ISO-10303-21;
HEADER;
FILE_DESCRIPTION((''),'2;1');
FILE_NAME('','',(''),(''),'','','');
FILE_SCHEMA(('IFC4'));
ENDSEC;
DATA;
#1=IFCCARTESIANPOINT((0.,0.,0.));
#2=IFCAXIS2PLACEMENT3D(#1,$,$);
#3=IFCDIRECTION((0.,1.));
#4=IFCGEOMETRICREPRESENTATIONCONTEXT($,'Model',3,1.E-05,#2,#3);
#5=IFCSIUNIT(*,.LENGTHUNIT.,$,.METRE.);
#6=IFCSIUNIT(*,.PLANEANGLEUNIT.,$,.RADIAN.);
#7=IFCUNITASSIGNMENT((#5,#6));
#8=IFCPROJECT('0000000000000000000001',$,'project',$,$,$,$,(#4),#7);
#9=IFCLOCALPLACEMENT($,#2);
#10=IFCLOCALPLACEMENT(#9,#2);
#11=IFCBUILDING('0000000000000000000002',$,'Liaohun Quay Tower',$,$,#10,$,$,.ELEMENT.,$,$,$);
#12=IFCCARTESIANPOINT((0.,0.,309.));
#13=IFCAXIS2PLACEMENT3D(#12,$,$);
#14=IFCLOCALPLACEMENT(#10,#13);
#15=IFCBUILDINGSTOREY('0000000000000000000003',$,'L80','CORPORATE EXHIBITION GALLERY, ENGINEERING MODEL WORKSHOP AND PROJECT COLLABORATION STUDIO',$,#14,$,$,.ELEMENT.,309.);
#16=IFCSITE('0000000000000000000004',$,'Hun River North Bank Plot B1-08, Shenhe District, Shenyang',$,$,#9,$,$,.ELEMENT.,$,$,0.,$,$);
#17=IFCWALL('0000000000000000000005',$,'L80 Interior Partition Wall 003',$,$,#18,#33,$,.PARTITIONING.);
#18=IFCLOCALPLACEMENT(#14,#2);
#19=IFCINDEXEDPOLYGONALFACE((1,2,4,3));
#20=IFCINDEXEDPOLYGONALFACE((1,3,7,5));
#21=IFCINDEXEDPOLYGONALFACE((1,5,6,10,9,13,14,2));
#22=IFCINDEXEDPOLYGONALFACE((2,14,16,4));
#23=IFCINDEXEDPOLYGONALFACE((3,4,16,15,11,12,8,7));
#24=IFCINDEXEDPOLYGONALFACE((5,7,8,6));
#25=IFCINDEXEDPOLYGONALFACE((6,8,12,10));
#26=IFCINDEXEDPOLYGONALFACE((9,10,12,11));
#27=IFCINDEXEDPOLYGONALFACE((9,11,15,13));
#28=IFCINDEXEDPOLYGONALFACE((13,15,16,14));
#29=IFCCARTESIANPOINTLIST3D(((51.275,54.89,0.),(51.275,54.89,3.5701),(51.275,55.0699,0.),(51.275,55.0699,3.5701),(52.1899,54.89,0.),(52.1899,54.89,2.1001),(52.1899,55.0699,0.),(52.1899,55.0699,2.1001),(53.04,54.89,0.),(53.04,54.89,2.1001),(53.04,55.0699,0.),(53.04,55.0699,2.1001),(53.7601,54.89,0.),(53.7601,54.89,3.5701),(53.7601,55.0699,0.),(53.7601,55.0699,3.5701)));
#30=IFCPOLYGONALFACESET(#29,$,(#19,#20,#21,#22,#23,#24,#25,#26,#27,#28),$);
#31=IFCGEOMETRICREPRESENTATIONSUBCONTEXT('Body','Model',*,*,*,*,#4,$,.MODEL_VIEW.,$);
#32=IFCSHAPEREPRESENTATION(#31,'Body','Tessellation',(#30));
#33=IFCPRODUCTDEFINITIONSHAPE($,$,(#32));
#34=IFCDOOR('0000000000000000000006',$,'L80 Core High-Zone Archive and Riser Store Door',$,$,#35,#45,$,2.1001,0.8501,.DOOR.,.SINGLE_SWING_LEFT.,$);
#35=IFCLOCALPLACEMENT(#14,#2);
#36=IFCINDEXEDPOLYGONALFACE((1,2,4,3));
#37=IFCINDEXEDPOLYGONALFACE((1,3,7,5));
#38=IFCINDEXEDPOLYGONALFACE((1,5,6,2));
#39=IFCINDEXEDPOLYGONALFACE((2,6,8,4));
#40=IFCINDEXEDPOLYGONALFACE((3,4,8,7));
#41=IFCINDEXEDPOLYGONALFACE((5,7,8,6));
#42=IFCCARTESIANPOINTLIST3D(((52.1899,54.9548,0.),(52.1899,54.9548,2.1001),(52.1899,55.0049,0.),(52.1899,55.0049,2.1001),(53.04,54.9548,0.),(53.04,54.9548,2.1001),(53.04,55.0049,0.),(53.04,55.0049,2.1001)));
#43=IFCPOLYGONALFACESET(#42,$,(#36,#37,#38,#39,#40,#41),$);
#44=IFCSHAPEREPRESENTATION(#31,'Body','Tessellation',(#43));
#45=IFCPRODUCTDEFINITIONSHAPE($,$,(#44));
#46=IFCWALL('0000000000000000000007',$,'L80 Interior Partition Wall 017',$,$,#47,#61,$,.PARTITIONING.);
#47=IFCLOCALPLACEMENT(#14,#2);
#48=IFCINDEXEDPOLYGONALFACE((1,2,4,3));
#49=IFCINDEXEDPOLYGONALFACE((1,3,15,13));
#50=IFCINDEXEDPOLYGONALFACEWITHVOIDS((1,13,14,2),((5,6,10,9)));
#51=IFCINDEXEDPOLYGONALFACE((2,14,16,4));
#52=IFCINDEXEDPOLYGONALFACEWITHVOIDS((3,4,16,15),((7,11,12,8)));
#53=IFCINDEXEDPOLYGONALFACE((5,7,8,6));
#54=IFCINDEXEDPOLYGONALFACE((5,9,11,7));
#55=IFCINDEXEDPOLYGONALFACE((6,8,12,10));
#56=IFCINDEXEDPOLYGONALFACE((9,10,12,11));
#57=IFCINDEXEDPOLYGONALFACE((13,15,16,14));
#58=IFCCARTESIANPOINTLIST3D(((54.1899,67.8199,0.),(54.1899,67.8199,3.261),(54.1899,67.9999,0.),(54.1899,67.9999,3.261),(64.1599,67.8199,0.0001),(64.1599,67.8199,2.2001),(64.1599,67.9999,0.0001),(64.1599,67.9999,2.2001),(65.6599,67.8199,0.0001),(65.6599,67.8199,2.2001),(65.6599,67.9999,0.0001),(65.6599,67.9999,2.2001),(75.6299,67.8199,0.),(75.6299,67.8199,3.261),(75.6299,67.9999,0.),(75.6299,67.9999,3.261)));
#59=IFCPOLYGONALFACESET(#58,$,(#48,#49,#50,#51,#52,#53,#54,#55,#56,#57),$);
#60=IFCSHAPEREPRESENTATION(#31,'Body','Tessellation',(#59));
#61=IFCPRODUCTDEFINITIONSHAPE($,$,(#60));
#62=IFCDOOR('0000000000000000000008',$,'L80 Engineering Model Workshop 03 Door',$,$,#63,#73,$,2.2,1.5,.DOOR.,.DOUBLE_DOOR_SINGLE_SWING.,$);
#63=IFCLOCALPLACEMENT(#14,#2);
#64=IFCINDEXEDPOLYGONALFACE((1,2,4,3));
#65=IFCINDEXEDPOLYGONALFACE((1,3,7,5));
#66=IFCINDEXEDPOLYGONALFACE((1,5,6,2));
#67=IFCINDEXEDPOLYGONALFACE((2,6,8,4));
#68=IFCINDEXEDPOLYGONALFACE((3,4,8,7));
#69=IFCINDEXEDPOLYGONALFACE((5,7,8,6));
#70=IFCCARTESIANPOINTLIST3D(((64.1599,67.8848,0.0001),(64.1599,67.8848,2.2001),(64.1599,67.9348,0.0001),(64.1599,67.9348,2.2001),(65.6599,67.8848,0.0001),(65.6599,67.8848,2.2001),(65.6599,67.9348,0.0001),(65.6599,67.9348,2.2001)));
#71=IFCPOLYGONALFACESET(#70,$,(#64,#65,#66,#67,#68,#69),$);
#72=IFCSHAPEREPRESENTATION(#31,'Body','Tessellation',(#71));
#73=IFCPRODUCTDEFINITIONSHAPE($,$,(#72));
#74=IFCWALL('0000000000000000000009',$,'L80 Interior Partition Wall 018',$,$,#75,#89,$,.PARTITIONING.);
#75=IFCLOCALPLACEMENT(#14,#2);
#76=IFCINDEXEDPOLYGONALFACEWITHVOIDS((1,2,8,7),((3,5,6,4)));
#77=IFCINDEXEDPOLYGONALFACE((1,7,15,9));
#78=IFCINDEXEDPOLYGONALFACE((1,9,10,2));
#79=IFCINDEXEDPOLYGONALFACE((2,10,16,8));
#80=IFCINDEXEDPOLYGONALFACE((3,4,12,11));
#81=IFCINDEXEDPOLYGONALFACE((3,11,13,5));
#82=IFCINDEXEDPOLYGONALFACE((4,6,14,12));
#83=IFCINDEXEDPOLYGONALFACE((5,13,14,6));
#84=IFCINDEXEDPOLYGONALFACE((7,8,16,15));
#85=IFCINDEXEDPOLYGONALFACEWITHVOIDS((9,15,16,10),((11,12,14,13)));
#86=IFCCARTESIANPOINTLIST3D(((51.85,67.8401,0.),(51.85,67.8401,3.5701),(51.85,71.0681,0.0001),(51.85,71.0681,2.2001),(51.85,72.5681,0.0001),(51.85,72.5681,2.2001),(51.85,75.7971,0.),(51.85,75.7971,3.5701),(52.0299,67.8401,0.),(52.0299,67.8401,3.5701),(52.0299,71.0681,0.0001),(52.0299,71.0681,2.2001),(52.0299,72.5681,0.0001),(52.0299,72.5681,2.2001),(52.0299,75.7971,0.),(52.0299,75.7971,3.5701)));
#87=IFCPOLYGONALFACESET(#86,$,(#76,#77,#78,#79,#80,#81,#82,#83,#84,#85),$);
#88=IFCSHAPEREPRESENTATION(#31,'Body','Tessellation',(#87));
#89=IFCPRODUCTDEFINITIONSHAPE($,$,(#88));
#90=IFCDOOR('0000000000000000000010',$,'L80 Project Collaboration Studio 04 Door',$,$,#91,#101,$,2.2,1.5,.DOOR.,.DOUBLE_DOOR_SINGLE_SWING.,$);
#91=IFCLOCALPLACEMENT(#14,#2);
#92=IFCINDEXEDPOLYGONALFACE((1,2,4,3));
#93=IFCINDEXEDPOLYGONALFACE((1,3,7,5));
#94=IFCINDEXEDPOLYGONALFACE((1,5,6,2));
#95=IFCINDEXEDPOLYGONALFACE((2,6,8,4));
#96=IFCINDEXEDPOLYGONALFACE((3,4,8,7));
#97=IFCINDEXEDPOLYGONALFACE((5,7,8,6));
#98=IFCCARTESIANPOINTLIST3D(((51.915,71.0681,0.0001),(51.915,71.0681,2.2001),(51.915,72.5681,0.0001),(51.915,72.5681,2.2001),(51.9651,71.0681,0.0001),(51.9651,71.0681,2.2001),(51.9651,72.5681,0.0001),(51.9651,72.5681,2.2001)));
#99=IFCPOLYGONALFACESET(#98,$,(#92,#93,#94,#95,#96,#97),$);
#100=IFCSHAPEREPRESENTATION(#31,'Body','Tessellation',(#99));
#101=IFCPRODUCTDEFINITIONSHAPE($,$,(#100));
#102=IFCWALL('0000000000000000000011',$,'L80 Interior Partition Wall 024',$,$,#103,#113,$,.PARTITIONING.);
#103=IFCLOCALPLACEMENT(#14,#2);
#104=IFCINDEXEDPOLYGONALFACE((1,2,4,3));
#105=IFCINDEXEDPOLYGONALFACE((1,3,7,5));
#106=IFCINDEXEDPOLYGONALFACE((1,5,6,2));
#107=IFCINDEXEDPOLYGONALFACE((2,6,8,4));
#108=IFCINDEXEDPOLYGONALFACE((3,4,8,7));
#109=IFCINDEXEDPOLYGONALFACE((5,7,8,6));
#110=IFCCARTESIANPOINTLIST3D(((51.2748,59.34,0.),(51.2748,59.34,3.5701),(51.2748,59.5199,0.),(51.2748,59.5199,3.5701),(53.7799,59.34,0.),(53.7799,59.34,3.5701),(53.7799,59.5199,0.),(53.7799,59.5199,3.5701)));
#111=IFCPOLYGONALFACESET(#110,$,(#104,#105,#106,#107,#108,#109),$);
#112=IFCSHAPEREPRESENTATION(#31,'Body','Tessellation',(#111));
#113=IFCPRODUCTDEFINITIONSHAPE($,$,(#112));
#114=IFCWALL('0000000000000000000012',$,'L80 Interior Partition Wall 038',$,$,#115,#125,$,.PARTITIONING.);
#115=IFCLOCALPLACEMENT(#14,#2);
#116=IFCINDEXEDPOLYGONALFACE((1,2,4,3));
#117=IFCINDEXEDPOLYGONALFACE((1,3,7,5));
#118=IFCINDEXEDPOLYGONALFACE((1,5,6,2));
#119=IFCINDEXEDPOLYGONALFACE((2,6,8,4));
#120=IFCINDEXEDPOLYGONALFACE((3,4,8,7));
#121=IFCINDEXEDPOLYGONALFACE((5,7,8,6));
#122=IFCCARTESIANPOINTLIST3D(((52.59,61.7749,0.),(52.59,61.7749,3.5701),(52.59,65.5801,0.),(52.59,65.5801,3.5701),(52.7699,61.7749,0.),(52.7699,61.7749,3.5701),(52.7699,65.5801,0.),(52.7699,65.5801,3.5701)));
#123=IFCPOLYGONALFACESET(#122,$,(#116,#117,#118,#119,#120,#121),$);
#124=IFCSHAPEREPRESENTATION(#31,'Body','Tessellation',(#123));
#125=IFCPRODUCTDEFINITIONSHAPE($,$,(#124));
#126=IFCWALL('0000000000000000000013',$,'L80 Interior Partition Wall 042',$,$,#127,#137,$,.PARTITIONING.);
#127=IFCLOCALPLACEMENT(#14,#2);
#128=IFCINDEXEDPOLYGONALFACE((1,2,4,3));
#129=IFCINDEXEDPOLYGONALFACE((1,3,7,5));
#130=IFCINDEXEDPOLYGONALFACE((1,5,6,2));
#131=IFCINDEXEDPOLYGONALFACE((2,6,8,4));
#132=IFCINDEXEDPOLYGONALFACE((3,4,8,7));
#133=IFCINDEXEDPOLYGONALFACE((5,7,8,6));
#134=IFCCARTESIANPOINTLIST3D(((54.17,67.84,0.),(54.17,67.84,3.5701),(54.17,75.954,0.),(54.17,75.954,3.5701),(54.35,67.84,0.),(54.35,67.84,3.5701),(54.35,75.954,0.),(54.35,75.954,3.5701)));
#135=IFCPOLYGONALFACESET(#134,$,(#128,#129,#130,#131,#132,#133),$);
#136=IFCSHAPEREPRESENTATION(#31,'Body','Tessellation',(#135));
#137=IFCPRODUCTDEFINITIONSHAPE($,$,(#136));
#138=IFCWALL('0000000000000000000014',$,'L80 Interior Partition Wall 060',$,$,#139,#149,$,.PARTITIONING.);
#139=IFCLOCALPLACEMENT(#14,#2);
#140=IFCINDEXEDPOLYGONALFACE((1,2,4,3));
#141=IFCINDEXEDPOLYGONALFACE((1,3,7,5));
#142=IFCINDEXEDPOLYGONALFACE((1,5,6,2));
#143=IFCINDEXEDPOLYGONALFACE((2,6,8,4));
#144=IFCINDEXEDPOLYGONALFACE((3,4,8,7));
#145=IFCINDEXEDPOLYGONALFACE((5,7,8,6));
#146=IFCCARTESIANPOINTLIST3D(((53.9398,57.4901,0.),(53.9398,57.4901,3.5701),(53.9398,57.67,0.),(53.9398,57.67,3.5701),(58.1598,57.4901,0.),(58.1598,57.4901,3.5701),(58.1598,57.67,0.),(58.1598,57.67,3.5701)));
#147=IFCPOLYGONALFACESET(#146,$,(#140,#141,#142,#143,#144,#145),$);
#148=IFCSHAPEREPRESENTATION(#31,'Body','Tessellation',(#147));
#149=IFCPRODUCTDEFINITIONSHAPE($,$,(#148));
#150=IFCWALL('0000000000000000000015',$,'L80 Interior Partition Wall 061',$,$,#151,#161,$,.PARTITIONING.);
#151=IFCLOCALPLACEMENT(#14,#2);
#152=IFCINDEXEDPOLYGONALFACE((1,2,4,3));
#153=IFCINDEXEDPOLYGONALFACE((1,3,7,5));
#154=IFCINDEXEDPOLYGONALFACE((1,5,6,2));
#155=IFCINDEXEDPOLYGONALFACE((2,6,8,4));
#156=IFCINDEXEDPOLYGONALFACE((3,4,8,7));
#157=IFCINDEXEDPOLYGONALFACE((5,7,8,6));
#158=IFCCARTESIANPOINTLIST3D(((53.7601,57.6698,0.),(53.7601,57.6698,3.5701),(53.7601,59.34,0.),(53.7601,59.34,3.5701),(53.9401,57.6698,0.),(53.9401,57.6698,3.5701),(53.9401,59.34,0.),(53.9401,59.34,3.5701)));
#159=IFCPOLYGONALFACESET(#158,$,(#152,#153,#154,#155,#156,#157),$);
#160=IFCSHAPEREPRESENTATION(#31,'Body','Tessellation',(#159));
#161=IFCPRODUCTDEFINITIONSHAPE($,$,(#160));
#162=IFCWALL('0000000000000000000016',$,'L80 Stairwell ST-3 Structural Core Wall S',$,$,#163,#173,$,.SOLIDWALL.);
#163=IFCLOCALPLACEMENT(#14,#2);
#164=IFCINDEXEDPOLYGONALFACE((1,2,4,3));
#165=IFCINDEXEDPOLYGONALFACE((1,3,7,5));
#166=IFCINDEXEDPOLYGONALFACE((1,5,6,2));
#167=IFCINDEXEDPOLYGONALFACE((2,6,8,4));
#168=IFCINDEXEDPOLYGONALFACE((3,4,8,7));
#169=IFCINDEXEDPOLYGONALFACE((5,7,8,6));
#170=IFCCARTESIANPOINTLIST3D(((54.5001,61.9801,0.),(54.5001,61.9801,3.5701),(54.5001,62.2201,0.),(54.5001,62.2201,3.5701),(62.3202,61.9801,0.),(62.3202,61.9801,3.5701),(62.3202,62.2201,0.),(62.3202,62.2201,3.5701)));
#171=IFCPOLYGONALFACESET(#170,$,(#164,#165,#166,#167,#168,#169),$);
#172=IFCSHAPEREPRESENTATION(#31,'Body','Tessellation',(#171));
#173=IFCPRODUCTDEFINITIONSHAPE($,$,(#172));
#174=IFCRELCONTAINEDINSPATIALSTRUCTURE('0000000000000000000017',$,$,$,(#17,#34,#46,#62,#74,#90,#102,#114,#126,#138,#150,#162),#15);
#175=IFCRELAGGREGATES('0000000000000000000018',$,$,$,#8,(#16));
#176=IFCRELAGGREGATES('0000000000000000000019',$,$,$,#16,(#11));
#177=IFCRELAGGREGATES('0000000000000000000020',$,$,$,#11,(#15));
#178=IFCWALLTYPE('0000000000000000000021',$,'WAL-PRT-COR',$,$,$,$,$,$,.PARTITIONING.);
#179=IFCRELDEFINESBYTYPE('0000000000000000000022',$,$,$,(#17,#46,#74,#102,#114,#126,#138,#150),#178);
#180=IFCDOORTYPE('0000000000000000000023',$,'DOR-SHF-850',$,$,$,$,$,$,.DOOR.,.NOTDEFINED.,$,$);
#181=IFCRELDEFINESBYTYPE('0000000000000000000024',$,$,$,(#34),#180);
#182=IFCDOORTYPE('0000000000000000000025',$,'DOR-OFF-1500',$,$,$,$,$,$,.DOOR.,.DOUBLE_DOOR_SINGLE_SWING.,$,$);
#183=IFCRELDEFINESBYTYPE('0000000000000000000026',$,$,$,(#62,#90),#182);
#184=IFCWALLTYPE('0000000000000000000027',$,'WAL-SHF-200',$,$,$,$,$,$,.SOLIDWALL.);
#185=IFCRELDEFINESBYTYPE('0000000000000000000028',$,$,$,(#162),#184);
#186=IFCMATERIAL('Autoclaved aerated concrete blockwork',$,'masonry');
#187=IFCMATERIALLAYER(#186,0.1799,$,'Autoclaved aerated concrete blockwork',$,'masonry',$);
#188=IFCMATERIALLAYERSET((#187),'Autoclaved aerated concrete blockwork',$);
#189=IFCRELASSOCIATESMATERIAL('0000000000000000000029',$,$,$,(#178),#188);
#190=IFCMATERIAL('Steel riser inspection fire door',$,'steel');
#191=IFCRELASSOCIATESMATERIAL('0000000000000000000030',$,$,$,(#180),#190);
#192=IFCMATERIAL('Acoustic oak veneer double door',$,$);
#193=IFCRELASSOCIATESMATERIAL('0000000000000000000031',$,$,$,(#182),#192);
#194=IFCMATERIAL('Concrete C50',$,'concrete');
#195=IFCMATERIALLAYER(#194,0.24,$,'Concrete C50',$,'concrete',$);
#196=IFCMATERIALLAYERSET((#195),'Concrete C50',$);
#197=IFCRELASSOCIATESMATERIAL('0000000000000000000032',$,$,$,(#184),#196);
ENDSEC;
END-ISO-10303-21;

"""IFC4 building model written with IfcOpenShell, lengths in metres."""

from ifc_helpers import new_model, si_unit, direction, frame, frame_2d, origin, place, context, subcontext, project, spatial, rectangle, extrude, source, transform, mapped, material, layer, layer_set, type_object, element, fill, save


model = new_model("IFC4")

# Units and contexts
model_context = context("Model", 3, precision=1e-05, world=origin(), true_north=direction((0.0, 1.0)))
body_context = subcontext(model_context, "Body", "Model", "MODEL_VIEW")
ifc_project = project(units=[si_unit("LENGTHUNIT", "METRE"), si_unit("PLANEANGLEUNIT", "RADIAN")], contexts=[model_context])

# Site, building, storey
site_placement = place(None, origin())
site = spatial("IfcSite", under=ifc_project, at=site_placement, Name="Hun River North Bank Plot B1-08, Shenhe District, Shenyang", CompositionType="ELEMENT", RefElevation=0.0)
building_placement = place(site_placement, origin())
building = spatial("IfcBuilding", under=site, at=building_placement, Name="Liaohun Quay Tower", CompositionType="ELEMENT")
storey_placement = place(building_placement, frame((0.0, 0.0, 309.0)))
storey = spatial("IfcBuildingStorey", under=building, at=storey_placement, Name="L80", Description="CORPORATE EXHIBITION GALLERY, ENGINEERING MODEL WORKSHOP AND PROJECT COLLABORATION STUDIO", CompositionType="ELEMENT", Elevation=309.0)

# Shared definitions
ifc_material_1 = material(Name="Concrete C50", Category="concrete")

# Walls, openings, doors
ifc_material_2 = material(Name="Autoclaved aerated concrete blockwork", Category="masonry")
ifc_layer_1 = layer(ifc_material_2, 0.1799, Name="Autoclaved aerated concrete blockwork", Category="masonry")
ifc_layer_set_1 = layer_set([ifc_layer_1], Name="Autoclaved aerated concrete blockwork")
wall_type_1 = type_object("IfcWallType", Name="WAL-PRT-COR", PredefinedType="PARTITIONING", material=ifc_layer_set_1)
wall_1_placement = place(storey_placement, frame((51.2749, 54.98, 0.0), z_axis=(0.0, 0.0, 1.0), x_axis=(1.0, 0.0, 0.0)))
wall_1 = element("IfcWall", 1, at=wall_1_placement, inside=storey, type_object=wall_type_1, Name="L80 Interior Partition Wall 003", PredefinedType="PARTITIONING", context=body_context, shape_type="SweptSolid", body=[
    extrude(rectangle(XDim=2.4851, YDim=0.1799, at=frame_2d((1.2427, 0.0))), origin(), (0.0, 0.0, 1.0), 3.5701),
])
shared_shape_1 = source(origin(), body_context, "Body", "SweptSolid", [
    extrude(rectangle(XDim=0.8501, YDim=2.1001, at=frame_2d((0.425, 1.05))), frame((0.0, 0.0999, 0.0), z_axis=(0.0, -1.0, 0.0), x_axis=(1.0, 0.0, 0.0)), (0.0, 0.0, 1.0), 0.2),
])
opening_1_placement = place(wall_1_placement, frame((0.915, 0.0, 0.0)))
opening_1 = element("IfcOpeningElement", 2, at=opening_1_placement, cuts=wall_1, PredefinedType="OPENING", context=body_context, shape_type="MappedRepresentation", body=[
    mapped(shared_shape_1, transform((0.0, 0.0, 0.0), x_axis=(1.0, 0.0, 0.0), y_axis=(0.0, 1.0, 0.0), z_axis=(0.0, 0.0, 1.0), scale=1.0)),
])
ifc_material_3 = material(Name="Steel riser inspection fire door", Category="steel")
door_type_1 = type_object("IfcDoorType", Name="DOR-SHF-850", OperationType="NOTDEFINED", PredefinedType="DOOR", material=ifc_material_3)
shared_shape_2 = source(origin(), body_context, "Body", "SweptSolid", [
    extrude(rectangle(XDim=0.8501, YDim=2.1001, at=frame_2d((0.425, 1.05))), frame((0.0, 0.0249, 0.0), z_axis=(0.0, -1.0, 0.0), x_axis=(1.0, 0.0, 0.0)), (0.0, 0.0, 1.0), 0.05),
])
door_1_placement = place(opening_1_placement, origin())
door_1 = element("IfcDoor", 3, at=door_1_placement, inside=storey, type_object=door_type_1, Name="L80 Core High-Zone Archive and Riser Store Door", OperationType="SINGLE_SWING_LEFT", OverallHeight=2.1001, OverallWidth=0.8501, PredefinedType="DOOR", context=body_context, shape_type="MappedRepresentation", body=[
    mapped(shared_shape_2, transform((0.0, 0.0, 0.0), x_axis=(1.0, 0.0, 0.0), y_axis=(0.0, 1.0, 0.0), z_axis=(0.0, 0.0, 1.0), scale=1.0)),
])
fill(opening_1, door_1)
wall_2_placement = place(storey_placement, frame((54.1899, 67.9099, 0.0), z_axis=(0.0, 0.0, 1.0), x_axis=(1.0, 0.0, 0.0)))
wall_2 = element("IfcWall", 4, at=wall_2_placement, inside=storey, type_object=wall_type_1, Name="L80 Interior Partition Wall 017", PredefinedType="PARTITIONING", context=body_context, shape_type="SweptSolid", body=[
    extrude(rectangle(XDim=21.4399, YDim=0.1799, at=frame_2d((10.72, 0.0))), origin(), (0.0, 0.0, 1.0), 3.261),
])
shared_shape_3 = source(origin(), body_context, "Body", "SweptSolid", [
    extrude(rectangle(XDim=1.5, YDim=2.2, at=frame_2d((0.75, 1.1001))), frame((0.0, 0.0999, 0.0), z_axis=(0.0, -1.0, 0.0), x_axis=(1.0, 0.0, 0.0)), (0.0, 0.0, 1.0), 0.2),
])
opening_2_placement = place(wall_2_placement, frame((9.97, 0.0, 0.0)))
opening_2 = element("IfcOpeningElement", 5, at=opening_2_placement, cuts=wall_2, PredefinedType="OPENING", context=body_context, shape_type="MappedRepresentation", body=[
    mapped(shared_shape_3, transform((0.0, 0.0, 0.0), x_axis=(1.0, 0.0, 0.0), y_axis=(0.0, 1.0, 0.0), z_axis=(0.0, 0.0, 1.0), scale=1.0)),
])
ifc_material_4 = material(Name="Acoustic oak veneer double door")
door_type_2 = type_object("IfcDoorType", Name="DOR-OFF-1500", OperationType="DOUBLE_DOOR_SINGLE_SWING", PredefinedType="DOOR", material=ifc_material_4)
shared_shape_4 = source(origin(), body_context, "Body", "SweptSolid", [
    extrude(rectangle(XDim=1.5, YDim=2.2, at=frame_2d((0.75, 1.1001))), frame((0.0, 0.0249, 0.0), z_axis=(0.0, -1.0, 0.0), x_axis=(1.0, 0.0, 0.0)), (0.0, 0.0, 1.0), 0.05),
])
door_2_placement = place(opening_2_placement, origin())
door_2 = element("IfcDoor", 6, at=door_2_placement, inside=storey, type_object=door_type_2, Name="L80 Engineering Model Workshop 03 Door", OperationType="DOUBLE_DOOR_SINGLE_SWING", OverallHeight=2.2, OverallWidth=1.5, PredefinedType="DOOR", context=body_context, shape_type="MappedRepresentation", body=[
    mapped(shared_shape_4, transform((0.0, 0.0, 0.0), x_axis=(1.0, 0.0, 0.0), y_axis=(0.0, 1.0, 0.0), z_axis=(0.0, 0.0, 1.0), scale=1.0)),
])
fill(opening_2, door_2)
wall_3_placement = place(storey_placement, frame((51.9399, 67.8401, 0.0), z_axis=(0.0, 0.0, 1.0), x_axis=(0.0, 1.0, 0.0)))
wall_3 = element("IfcWall", 7, at=wall_3_placement, inside=storey, type_object=wall_type_1, Name="L80 Interior Partition Wall 018", PredefinedType="PARTITIONING", context=body_context, shape_type="SweptSolid", body=[
    extrude(rectangle(XDim=7.957, YDim=0.1799, at=frame_2d((3.9785, 0.0))), origin(), (0.0, 0.0, 1.0), 3.5701),
])
opening_3_placement = place(wall_3_placement, frame((3.228, 0.0, 0.0)))
opening_3 = element("IfcOpeningElement", 8, at=opening_3_placement, cuts=wall_3, PredefinedType="OPENING", context=body_context, shape_type="MappedRepresentation", body=[
    mapped(shared_shape_3, transform((0.0, 0.0, 0.0), x_axis=(1.0, 0.0, 0.0), y_axis=(0.0, 1.0, 0.0), z_axis=(0.0, 0.0, 1.0), scale=1.0)),
])
door_3_placement = place(opening_3_placement, origin())
door_3 = element("IfcDoor", 9, at=door_3_placement, inside=storey, type_object=door_type_2, Name="L80 Project Collaboration Studio 04 Door", OperationType="DOUBLE_DOOR_SINGLE_SWING", OverallHeight=2.2, OverallWidth=1.5, PredefinedType="DOOR", context=body_context, shape_type="MappedRepresentation", body=[
    mapped(shared_shape_4, transform((0.0, 0.0, 0.0), x_axis=(1.0, 0.0, 0.0), y_axis=(0.0, 1.0, 0.0), z_axis=(0.0, 0.0, 1.0), scale=1.0)),
])
fill(opening_3, door_3)

# Walls
wall_4_placement = place(storey_placement, frame((51.2749, 59.4299, 0.0), z_axis=(0.0, 0.0, 1.0), x_axis=(1.0, 0.0, 0.0)))
element("IfcWall", 10, at=wall_4_placement, inside=storey, type_object=wall_type_1, Name="L80 Interior Partition Wall 024", PredefinedType="PARTITIONING", context=body_context, shape_type="SweptSolid", body=[
    extrude(rectangle(XDim=2.5051, YDim=0.1799, at=frame_2d((1.2524, 0.0))), origin(), (0.0, 0.0, 1.0), 3.5701),
])
wall_5_placement = place(storey_placement, frame((52.6799, 61.7749, 0.0), z_axis=(0.0, 0.0, 1.0), x_axis=(0.0, 1.0, 0.0)))
element("IfcWall", 11, at=wall_5_placement, inside=storey, type_object=wall_type_1, Name="L80 Interior Partition Wall 038", PredefinedType="PARTITIONING", context=body_context, shape_type="SweptSolid", body=[
    extrude(rectangle(XDim=3.8052, YDim=0.1799, at=frame_2d((1.9026, 0.0))), origin(), (0.0, 0.0, 1.0), 3.5701),
])
wall_6_placement = place(storey_placement, frame((54.26, 75.9541, 0.0), z_axis=(0.0, 0.0, 1.0), x_axis=(0.0, -1.0, 0.0)))
element("IfcWall", 12, at=wall_6_placement, inside=storey, type_object=wall_type_1, Name="L80 Interior Partition Wall 042", PredefinedType="PARTITIONING", context=body_context, shape_type="SweptSolid", body=[
    extrude(rectangle(XDim=8.114, YDim=0.1799, at=frame_2d((4.0571, 0.0))), origin(), (0.0, 0.0, 1.0), 3.5701),
])
wall_7_placement = place(storey_placement, frame((53.9399, 57.5801, 0.0), z_axis=(0.0, 0.0, 1.0), x_axis=(1.0, 0.0, 0.0)))
element("IfcWall", 13, at=wall_7_placement, inside=storey, type_object=wall_type_1, Name="L80 Interior Partition Wall 060", PredefinedType="PARTITIONING", context=body_context, shape_type="SweptSolid", body=[
    extrude(rectangle(XDim=4.22, YDim=0.1799, at=frame_2d((2.1099, 0.0))), origin(), (0.0, 0.0, 1.0), 3.5701),
])
wall_8_placement = place(storey_placement, frame((53.8501, 57.6699, 0.0), z_axis=(0.0, 0.0, 1.0), x_axis=(0.0, 1.0, 0.0)))
element("IfcWall", 14, at=wall_8_placement, inside=storey, type_object=wall_type_1, Name="L80 Interior Partition Wall 061", PredefinedType="PARTITIONING", context=body_context, shape_type="SweptSolid", body=[
    extrude(rectangle(XDim=1.6702, YDim=0.1799, at=frame_2d((0.835, 0.0))), origin(), (0.0, 0.0, 1.0), 3.5701),
])
ifc_layer_2 = layer(ifc_material_1, 0.24, Name="Concrete C50", Category="concrete")
ifc_layer_set_2 = layer_set([ifc_layer_2], Name="Concrete C50")
wall_type_2 = type_object("IfcWallType", Name="WAL-SHF-200", PredefinedType="SOLIDWALL", material=ifc_layer_set_2)
wall_9_placement = place(storey_placement, frame((54.5, 62.1001, 0.0), z_axis=(0.0, 0.0, 1.0), x_axis=(1.0, 0.0, 0.0)))
element("IfcWall", 15, at=wall_9_placement, inside=storey, type_object=wall_type_2, Name="L80 Stairwell ST-3 Structural Core Wall S", PredefinedType="SOLIDWALL", context=body_context, shape_type="SweptSolid", body=[
    extrude(rectangle(XDim=7.8201, YDim=0.24, at=frame_2d((3.9102, 0.0))), origin(), (0.0, 0.0, 1.0), 3.5701),
])

save(model, "model.ifc")
